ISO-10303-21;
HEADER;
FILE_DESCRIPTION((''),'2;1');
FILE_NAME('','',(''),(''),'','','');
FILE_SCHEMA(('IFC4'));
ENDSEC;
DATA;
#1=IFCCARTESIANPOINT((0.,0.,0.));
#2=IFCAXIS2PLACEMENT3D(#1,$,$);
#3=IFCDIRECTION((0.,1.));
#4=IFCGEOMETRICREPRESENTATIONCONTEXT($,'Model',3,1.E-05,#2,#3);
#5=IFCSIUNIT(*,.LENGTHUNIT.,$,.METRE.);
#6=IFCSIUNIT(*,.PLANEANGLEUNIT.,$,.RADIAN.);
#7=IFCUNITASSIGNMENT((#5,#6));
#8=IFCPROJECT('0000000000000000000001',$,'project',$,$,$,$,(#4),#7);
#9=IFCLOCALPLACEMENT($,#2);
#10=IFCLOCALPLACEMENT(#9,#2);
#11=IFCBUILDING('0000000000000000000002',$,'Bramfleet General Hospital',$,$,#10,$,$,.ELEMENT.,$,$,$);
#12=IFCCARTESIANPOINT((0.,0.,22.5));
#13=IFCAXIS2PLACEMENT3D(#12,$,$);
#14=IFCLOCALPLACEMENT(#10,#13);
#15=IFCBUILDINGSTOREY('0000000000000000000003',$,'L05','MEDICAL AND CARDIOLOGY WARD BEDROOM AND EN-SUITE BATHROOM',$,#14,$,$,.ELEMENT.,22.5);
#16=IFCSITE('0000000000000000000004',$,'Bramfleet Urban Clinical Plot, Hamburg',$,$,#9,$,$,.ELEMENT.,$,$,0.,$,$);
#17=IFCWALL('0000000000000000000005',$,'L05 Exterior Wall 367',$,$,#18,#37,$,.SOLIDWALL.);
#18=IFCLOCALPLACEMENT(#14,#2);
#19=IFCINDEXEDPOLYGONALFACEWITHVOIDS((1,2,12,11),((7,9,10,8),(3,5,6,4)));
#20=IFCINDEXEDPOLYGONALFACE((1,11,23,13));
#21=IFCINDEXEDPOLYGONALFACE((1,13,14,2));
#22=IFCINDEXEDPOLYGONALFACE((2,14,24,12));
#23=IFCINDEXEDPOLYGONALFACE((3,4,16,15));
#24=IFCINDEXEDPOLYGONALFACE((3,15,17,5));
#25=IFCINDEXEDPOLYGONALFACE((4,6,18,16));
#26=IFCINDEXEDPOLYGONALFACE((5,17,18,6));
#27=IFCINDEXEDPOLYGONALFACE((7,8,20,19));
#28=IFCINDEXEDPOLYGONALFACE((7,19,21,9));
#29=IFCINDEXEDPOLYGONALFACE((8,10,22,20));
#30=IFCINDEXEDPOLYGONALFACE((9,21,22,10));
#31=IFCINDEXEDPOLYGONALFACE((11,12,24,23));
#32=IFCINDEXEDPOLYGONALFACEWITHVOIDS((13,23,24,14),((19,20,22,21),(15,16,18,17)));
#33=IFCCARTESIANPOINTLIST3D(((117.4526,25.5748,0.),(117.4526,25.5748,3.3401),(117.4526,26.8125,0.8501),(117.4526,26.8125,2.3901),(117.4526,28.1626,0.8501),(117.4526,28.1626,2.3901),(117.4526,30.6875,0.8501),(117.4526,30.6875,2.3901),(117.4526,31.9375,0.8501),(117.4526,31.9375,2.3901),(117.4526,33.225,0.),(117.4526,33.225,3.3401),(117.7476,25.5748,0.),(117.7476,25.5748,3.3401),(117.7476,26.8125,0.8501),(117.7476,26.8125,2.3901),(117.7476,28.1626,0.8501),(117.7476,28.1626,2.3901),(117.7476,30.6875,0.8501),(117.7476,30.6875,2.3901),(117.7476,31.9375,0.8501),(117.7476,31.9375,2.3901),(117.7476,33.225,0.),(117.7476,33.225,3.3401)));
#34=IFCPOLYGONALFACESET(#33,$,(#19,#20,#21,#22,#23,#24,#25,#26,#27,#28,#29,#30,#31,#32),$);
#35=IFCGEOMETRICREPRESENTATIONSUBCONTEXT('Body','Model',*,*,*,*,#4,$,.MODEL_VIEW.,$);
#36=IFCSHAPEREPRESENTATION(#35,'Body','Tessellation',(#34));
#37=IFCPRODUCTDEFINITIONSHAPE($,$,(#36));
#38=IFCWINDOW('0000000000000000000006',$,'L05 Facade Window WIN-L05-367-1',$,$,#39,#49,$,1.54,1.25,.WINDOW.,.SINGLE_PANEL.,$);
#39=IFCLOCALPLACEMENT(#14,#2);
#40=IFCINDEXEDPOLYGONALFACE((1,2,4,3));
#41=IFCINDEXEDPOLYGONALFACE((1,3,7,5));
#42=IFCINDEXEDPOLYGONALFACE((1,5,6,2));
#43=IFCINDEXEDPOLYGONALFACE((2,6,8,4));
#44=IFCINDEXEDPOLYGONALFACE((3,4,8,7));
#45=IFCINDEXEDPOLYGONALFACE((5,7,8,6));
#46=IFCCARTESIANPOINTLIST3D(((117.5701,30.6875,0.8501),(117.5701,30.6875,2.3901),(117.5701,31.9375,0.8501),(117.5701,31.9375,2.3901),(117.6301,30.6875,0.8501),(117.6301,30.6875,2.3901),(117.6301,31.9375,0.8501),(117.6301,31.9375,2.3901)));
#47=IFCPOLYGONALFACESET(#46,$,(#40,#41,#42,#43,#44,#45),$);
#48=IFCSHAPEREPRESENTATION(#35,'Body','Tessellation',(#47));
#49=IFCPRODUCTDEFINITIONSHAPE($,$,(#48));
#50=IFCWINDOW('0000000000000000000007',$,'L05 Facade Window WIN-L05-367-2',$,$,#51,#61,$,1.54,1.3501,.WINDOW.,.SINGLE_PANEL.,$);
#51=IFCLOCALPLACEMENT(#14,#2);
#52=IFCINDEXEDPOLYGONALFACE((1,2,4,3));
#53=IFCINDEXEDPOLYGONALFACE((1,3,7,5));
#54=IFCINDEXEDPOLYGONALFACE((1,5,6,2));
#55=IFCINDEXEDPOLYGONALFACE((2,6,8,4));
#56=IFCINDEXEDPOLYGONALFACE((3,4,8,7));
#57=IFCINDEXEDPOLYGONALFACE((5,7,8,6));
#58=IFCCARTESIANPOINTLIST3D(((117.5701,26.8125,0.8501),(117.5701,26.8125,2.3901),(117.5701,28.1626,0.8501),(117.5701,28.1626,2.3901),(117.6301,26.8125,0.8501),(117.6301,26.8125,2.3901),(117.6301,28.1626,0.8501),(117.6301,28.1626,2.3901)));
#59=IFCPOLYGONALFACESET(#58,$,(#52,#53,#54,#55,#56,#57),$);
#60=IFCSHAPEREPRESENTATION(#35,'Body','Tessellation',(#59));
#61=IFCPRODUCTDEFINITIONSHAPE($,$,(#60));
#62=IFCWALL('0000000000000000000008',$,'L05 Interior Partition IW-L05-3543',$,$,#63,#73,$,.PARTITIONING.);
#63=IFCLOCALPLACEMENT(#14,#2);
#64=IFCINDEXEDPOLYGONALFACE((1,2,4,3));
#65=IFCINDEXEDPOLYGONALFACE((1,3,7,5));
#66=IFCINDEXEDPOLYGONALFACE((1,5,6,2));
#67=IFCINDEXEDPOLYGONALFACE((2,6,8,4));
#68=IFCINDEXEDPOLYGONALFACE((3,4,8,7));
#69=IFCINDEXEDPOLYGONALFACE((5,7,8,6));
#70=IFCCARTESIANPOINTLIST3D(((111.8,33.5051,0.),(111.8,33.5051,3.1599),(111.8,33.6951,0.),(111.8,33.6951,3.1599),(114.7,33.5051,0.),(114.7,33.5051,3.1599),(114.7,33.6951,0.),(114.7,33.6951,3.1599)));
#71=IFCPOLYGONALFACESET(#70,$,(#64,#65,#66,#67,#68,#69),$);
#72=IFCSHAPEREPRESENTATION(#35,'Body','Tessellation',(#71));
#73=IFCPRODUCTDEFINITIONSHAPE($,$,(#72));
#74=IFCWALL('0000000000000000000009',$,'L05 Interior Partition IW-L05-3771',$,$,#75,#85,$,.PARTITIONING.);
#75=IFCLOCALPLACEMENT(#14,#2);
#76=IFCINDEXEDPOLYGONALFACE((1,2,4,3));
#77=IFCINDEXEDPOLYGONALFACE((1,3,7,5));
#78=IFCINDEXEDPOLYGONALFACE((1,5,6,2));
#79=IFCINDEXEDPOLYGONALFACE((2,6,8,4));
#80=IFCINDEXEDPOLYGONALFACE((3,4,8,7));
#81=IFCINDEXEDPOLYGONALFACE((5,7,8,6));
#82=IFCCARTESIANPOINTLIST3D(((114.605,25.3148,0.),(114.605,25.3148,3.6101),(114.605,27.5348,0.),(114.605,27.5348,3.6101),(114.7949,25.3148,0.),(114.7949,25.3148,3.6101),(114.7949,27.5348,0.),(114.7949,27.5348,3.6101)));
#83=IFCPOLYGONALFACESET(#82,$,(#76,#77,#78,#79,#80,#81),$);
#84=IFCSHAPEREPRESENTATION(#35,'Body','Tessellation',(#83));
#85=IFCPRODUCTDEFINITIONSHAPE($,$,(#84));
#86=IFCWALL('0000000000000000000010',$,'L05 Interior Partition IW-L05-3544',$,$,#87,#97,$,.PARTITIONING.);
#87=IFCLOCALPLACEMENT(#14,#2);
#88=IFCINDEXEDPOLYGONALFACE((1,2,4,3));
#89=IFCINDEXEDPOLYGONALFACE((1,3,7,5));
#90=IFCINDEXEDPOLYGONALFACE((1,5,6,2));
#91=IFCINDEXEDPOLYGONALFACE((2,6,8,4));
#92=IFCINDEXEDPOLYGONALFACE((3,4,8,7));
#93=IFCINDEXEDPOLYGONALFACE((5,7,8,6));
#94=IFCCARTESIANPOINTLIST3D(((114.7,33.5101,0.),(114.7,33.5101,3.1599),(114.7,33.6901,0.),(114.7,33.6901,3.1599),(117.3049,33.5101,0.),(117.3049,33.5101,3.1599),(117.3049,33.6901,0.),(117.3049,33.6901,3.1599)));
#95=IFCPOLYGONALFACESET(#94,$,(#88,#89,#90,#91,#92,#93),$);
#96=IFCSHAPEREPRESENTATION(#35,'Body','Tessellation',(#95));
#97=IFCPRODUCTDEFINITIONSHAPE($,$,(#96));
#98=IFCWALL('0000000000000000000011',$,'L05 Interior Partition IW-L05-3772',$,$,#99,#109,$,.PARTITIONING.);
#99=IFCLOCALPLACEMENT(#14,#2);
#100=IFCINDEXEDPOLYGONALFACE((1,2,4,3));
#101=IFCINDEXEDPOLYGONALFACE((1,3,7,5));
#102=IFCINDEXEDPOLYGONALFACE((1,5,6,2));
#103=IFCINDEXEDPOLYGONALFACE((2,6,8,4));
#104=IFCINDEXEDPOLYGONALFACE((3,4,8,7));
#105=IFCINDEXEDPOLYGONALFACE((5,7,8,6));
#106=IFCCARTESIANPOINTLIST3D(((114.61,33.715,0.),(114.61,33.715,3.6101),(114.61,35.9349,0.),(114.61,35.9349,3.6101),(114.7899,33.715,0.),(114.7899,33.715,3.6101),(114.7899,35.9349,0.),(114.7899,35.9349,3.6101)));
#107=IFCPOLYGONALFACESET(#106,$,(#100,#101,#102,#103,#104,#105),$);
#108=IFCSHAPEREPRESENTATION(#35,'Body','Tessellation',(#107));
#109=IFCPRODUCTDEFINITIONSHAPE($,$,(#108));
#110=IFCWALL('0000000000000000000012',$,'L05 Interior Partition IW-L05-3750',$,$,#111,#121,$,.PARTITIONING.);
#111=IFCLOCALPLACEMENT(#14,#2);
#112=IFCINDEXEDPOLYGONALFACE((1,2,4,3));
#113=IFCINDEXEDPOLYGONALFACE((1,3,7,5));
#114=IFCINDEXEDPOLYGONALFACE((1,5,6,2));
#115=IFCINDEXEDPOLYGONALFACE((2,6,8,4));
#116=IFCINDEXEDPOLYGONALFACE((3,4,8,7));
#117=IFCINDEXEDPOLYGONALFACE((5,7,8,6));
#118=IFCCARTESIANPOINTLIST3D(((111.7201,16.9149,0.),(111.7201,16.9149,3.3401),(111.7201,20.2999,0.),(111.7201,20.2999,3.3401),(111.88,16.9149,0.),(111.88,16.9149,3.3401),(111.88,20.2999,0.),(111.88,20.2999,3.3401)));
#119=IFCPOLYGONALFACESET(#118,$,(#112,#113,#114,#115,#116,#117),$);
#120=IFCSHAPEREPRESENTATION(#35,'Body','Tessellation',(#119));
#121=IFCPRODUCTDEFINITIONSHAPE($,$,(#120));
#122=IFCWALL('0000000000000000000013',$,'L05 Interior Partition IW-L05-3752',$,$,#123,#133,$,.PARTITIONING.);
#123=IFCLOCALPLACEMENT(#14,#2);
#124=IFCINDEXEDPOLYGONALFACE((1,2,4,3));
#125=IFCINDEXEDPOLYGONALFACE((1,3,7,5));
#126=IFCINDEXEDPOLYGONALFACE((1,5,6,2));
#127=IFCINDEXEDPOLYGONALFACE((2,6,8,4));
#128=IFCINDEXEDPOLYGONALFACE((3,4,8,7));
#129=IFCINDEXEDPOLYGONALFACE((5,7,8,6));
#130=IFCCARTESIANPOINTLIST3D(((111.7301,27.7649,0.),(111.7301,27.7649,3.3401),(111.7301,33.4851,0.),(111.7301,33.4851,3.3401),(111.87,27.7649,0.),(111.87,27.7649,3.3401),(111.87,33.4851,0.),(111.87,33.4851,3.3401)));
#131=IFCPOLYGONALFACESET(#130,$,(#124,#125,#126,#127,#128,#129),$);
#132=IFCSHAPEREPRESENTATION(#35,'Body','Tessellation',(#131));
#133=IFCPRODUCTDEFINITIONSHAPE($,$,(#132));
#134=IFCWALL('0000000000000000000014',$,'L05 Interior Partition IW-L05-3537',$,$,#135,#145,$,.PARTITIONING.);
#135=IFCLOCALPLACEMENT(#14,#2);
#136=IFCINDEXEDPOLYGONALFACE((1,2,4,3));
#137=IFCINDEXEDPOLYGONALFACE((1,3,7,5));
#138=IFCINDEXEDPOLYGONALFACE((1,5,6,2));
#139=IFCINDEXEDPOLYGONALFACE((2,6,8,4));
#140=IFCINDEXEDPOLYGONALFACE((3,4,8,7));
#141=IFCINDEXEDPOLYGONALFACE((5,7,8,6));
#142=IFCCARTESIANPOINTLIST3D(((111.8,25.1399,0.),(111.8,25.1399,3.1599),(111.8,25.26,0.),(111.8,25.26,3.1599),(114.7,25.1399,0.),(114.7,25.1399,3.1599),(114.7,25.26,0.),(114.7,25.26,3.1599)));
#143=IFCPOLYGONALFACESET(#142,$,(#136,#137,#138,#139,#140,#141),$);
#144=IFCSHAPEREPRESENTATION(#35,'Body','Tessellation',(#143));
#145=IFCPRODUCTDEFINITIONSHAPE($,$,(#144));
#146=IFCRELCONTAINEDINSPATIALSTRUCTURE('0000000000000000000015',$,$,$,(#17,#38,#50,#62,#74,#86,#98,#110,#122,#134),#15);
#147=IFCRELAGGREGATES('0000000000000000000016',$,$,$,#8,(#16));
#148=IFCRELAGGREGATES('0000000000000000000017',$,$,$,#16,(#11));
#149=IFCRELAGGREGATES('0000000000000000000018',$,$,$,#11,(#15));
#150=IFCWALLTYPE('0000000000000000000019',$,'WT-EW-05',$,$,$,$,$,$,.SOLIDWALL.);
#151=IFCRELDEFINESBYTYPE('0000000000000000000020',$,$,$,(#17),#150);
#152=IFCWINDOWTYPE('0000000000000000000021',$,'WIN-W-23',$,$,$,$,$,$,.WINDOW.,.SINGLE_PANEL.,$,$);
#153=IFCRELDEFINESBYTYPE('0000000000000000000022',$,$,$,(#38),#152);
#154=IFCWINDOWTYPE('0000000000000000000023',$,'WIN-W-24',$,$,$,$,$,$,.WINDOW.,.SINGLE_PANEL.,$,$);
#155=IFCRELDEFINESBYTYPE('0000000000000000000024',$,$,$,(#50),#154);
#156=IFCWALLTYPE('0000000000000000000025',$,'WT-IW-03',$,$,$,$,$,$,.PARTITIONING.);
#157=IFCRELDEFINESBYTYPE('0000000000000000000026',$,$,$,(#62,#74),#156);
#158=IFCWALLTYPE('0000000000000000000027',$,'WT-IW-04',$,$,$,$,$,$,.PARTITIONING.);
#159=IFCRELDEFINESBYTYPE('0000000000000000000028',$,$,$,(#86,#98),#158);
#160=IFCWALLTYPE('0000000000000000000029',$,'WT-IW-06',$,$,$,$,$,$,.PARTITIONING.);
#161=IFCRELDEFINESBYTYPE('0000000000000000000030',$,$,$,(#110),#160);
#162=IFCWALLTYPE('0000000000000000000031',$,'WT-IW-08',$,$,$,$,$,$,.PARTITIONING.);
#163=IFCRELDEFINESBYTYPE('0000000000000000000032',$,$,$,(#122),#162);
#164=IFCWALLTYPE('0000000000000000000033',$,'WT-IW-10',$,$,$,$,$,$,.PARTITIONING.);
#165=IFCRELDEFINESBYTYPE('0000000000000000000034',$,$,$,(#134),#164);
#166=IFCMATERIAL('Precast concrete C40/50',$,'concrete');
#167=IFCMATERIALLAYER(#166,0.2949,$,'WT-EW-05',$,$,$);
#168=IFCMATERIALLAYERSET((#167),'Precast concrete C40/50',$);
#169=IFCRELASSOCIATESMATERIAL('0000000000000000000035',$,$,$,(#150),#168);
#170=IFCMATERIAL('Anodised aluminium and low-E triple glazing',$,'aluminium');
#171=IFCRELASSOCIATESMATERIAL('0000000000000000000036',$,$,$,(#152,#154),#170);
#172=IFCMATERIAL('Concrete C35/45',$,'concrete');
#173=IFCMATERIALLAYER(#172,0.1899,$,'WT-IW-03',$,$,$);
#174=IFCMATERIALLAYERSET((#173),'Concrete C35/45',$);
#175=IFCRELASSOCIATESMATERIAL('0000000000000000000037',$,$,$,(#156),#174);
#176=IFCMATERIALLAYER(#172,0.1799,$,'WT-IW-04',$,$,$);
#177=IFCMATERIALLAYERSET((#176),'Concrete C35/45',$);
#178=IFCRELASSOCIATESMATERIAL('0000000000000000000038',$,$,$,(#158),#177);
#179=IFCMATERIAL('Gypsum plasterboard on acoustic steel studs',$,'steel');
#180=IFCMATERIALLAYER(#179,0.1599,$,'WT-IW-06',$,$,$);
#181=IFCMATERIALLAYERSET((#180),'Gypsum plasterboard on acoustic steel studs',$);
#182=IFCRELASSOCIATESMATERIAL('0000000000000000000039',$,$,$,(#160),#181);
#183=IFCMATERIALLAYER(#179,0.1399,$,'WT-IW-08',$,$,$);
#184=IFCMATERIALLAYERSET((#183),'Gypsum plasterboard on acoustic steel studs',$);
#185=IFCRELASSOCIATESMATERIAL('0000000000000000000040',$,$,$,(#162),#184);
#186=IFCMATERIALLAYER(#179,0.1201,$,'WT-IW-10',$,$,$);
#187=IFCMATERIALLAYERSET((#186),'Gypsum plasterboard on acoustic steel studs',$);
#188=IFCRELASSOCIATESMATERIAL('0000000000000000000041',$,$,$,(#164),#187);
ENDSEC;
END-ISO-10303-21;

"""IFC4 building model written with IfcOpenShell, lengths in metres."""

from ifc_helpers import new_model, si_unit, direction, frame, frame_2d, origin, place, context, subcontext, project, spatial, rectangle, extrude, material, layer, layer_set, type_object, element, fill, save


model = new_model("IFC4")

# Units and contexts
model_context = context("Model", 3, precision=1e-05, world=origin(), true_north=direction((0.0, 1.0)))
body_context = subcontext(model_context, "Body", "Model", "MODEL_VIEW")
ifc_project = project(units=[si_unit("LENGTHUNIT", "METRE"), si_unit("PLANEANGLEUNIT", "RADIAN")], contexts=[model_context])

# Site, building, storey
site_placement = place(None, origin())
site = spatial("IfcSite", under=ifc_project, at=site_placement, Name="Bramfleet Urban Clinical Plot, Hamburg", CompositionType="ELEMENT", RefElevation=0.0)
building_placement = place(site_placement, origin())
building = spatial("IfcBuilding", under=site, at=building_placement, Name="Bramfleet General Hospital", CompositionType="ELEMENT")
storey_placement = place(building_placement, frame((0.0, 0.0, 22.5)))
storey = spatial("IfcBuildingStorey", under=building, at=storey_placement, Name="L05", Description="MEDICAL AND CARDIOLOGY WARD BEDROOM AND EN-SUITE BATHROOM", CompositionType="ELEMENT", Elevation=22.5)

# Wall, openings, windows
ifc_material_1 = material(Name="Precast concrete C40/50", Category="concrete")
ifc_layer_1 = layer(ifc_material_1, 0.2949, Name="WT-EW-05")
ifc_layer_set_1 = layer_set([ifc_layer_1], Name="Precast concrete C40/50")
wall_type_1 = type_object("IfcWallType", Name="WT-EW-05", PredefinedType="SOLIDWALL", material=ifc_layer_set_1)
wall_1_placement = place(storey_placement, frame((117.6001, 33.2251, 0.0), z_axis=(0.0, 0.0, 1.0), x_axis=(0.0, -1.0, 0.0)))
wall_1 = element("IfcWall", 1, at=wall_1_placement, inside=storey, type_object=wall_type_1, Name="L05 Exterior Wall 367", PredefinedType="SOLIDWALL", context=body_context, shape_type="SweptSolid", body=[
    extrude(rectangle(XDim=7.6501, YDim=0.2949, at=frame_2d((3.8252, 0.0))), origin(), (0.0, 0.0, 1.0), 3.3401),
])
opening_1_placement = place(wall_1_placement, frame((1.2876, 0.0, 0.8501)))
opening_1 = element("IfcOpeningElement", 2, at=opening_1_placement, cuts=wall_1, PredefinedType="OPENING", context=body_context, shape_type="SweptSolid", body=[
    extrude(rectangle(XDim=1.25, YDim=1.54, at=frame_2d((0.625, 0.77))), frame((0.0, 0.1575, 0.0), z_axis=(0.0, -1.0, 0.0), x_axis=(1.0, 0.0, 0.0)), (0.0, 0.0, 1.0), 0.3149),
])
opening_2_placement = place(wall_1_placement, frame((5.0625, 0.0, 0.8501)))
opening_2 = element("IfcOpeningElement", 3, at=opening_2_placement, cuts=wall_1, PredefinedType="OPENING", context=body_context, shape_type="SweptSolid", body=[
    extrude(rectangle(XDim=1.3501, YDim=1.54, at=frame_2d((0.675, 0.77))), frame((0.0, 0.1575, 0.0), z_axis=(0.0, -1.0, 0.0), x_axis=(1.0, 0.0, 0.0)), (0.0, 0.0, 1.0), 0.3149),
])
ifc_material_2 = material(Name="Anodised aluminium and low-E triple glazing", Category="aluminium")
window_type_1 = type_object("IfcWindowType", Name="WIN-W-23", PartitioningType="SINGLE_PANEL", PredefinedType="WINDOW", material=ifc_material_2)
window_1_placement = place(opening_1_placement, origin())
window_1 = element("IfcWindow", 4, at=window_1_placement, inside=storey, type_object=window_type_1, Name="L05 Facade Window WIN-L05-367-1", OverallHeight=1.54, OverallWidth=1.25, PartitioningType="SINGLE_PANEL", PredefinedType="WINDOW", context=body_context, shape_type="SweptSolid", body=[
    extrude(rectangle(XDim=1.25, YDim=1.54, at=frame_2d((0.625, 0.77))), frame((0.0, 0.03, 0.0), z_axis=(0.0, -1.0, 0.0), x_axis=(1.0, 0.0, 0.0)), (0.0, 0.0, 1.0), 0.0601),
])
fill(opening_1, window_1)
window_type_2 = type_object("IfcWindowType", Name="WIN-W-24", PartitioningType="SINGLE_PANEL", PredefinedType="WINDOW", material=ifc_material_2)
window_2_placement = place(opening_2_placement, origin())
window_2 = element("IfcWindow", 5, at=window_2_placement, inside=storey, type_object=window_type_2, Name="L05 Facade Window WIN-L05-367-2", OverallHeight=1.54, OverallWidth=1.3501, PartitioningType="SINGLE_PANEL", PredefinedType="WINDOW", context=body_context, shape_type="SweptSolid", body=[
    extrude(rectangle(XDim=1.3501, YDim=1.54, at=frame_2d((0.675, 0.77))), frame((0.0, 0.03, 0.0), z_axis=(0.0, -1.0, 0.0), x_axis=(1.0, 0.0, 0.0)), (0.0, 0.0, 1.0), 0.0601),
])
fill(opening_2, window_2)

# Walls
ifc_material_3 = material(Name="Concrete C35/45", Category="concrete")
ifc_layer_2 = layer(ifc_material_3, 0.1899, Name="WT-IW-03")
ifc_layer_set_2 = layer_set([ifc_layer_2], Name="Concrete C35/45")
wall_type_2 = type_object("IfcWallType", Name="WT-IW-03", PredefinedType="PARTITIONING", material=ifc_layer_set_2)
wall_2_placement = place(storey_placement, frame((111.8, 33.6001, 0.0), z_axis=(0.0, 0.0, 1.0), x_axis=(1.0, 0.0, 0.0)))
element("IfcWall", 6, at=wall_2_placement, inside=storey, type_object=wall_type_2, Name="L05 Interior Partition IW-L05-3543", PredefinedType="PARTITIONING", context=body_context, shape_type="SweptSolid", body=[
    extrude(rectangle(XDim=2.8999, YDim=0.1899, at=frame_2d((1.45, 0.0))), origin(), (0.0, 0.0, 1.0), 3.1599),
])
wall_3_placement = place(storey_placement, frame((114.7, 25.3149, 0.0), z_axis=(0.0, 0.0, 1.0), x_axis=(0.0, 1.0, 0.0)))
element("IfcWall", 7, at=wall_3_placement, inside=storey, type_object=wall_type_2, Name="L05 Interior Partition IW-L05-3771", PredefinedType="PARTITIONING", context=body_context, shape_type="SweptSolid", body=[
    extrude(rectangle(XDim=2.22, YDim=0.1899, at=frame_2d((1.1099, 0.0))), origin(), (0.0, 0.0, 1.0), 3.6101),
])
ifc_layer_3 = layer(ifc_material_3, 0.1799, Name="WT-IW-04")
ifc_layer_set_3 = layer_set([ifc_layer_3], Name="Concrete C35/45")
wall_type_3 = type_object("IfcWallType", Name="WT-IW-04", PredefinedType="PARTITIONING", material=ifc_layer_set_3)
wall_4_placement = place(storey_placement, frame((114.7, 33.6001, 0.0), z_axis=(0.0, 0.0, 1.0), x_axis=(1.0, 0.0, 0.0)))
element("IfcWall", 8, at=wall_4_placement, inside=storey, type_object=wall_type_3, Name="L05 Interior Partition IW-L05-3544", PredefinedType="PARTITIONING", context=body_context, shape_type="SweptSolid", body=[
    extrude(rectangle(XDim=2.605, YDim=0.1799, at=frame_2d((1.3025, 0.0))), origin(), (0.0, 0.0, 1.0), 3.1599),
])
wall_5_placement = place(storey_placement, frame((114.7, 33.7151, 0.0), z_axis=(0.0, 0.0, 1.0), x_axis=(0.0, 1.0, 0.0)))
element("IfcWall", 9, at=wall_5_placement, inside=storey, type_object=wall_type_3, Name="L05 Interior Partition IW-L05-3772", PredefinedType="PARTITIONING", context=body_context, shape_type="SweptSolid", body=[
    extrude(rectangle(XDim=2.22, YDim=0.1799, at=frame_2d((1.1099, 0.0))), origin(), (0.0, 0.0, 1.0), 3.6101),
])
ifc_material_4 = material(Name="Gypsum plasterboard on acoustic steel studs", Category="steel")
ifc_layer_4 = layer(ifc_material_4, 0.1599, Name="WT-IW-06")
ifc_layer_set_4 = layer_set([ifc_layer_4], Name="Gypsum plasterboard on acoustic steel studs")
wall_type_4 = type_object("IfcWallType", Name="WT-IW-06", PredefinedType="PARTITIONING", material=ifc_layer_set_4)
wall_6_placement = place(storey_placement, frame((111.8, 16.915, 0.0), z_axis=(0.0, 0.0, 1.0), x_axis=(0.0, 1.0, 0.0)))
element("IfcWall", 10, at=wall_6_placement, inside=storey, type_object=wall_type_4, Name="L05 Interior Partition IW-L05-3750", PredefinedType="PARTITIONING", context=body_context, shape_type="SweptSolid", body=[
    extrude(rectangle(XDim=3.385, YDim=0.1599, at=frame_2d((1.6924, 0.0))), origin(), (0.0, 0.0, 1.0), 3.3401),
])
ifc_layer_5 = layer(ifc_material_4, 0.1399, Name="WT-IW-08")
ifc_layer_set_5 = layer_set([ifc_layer_5], Name="Gypsum plasterboard on acoustic steel studs")
wall_type_5 = type_object("IfcWallType", Name="WT-IW-08", PredefinedType="PARTITIONING", material=ifc_layer_set_5)
wall_7_placement = place(storey_placement, frame((111.8, 27.7649, 0.0), z_axis=(0.0, 0.0, 1.0), x_axis=(0.0, 1.0, 0.0)))
element("IfcWall", 11, at=wall_7_placement, inside=storey, type_object=wall_type_5, Name="L05 Interior Partition IW-L05-3752", PredefinedType="PARTITIONING", context=body_context, shape_type="SweptSolid", body=[
    extrude(rectangle(XDim=5.7202, YDim=0.1399, at=frame_2d((2.8601, 0.0))), origin(), (0.0, 0.0, 1.0), 3.3401),
])
ifc_layer_6 = layer(ifc_material_4, 0.1201, Name="WT-IW-10")
ifc_layer_set_6 = layer_set([ifc_layer_6], Name="Gypsum plasterboard on acoustic steel studs")
wall_type_6 = type_object("IfcWallType", Name="WT-IW-10", PredefinedType="PARTITIONING", material=ifc_layer_set_6)
wall_8_placement = place(storey_placement, frame((111.8, 25.2, 0.0), z_axis=(0.0, 0.0, 1.0), x_axis=(1.0, 0.0, 0.0)))
element("IfcWall", 12, at=wall_8_placement, inside=storey, type_object=wall_type_6, Name="L05 Interior Partition IW-L05-3537", PredefinedType="PARTITIONING", context=body_context, shape_type="SweptSolid", body=[
    extrude(rectangle(XDim=2.8999, YDim=0.1201, at=frame_2d((1.45, 0.0))), origin(), (0.0, 0.0, 1.0), 3.1599),
])

save(model, "model.ifc")
